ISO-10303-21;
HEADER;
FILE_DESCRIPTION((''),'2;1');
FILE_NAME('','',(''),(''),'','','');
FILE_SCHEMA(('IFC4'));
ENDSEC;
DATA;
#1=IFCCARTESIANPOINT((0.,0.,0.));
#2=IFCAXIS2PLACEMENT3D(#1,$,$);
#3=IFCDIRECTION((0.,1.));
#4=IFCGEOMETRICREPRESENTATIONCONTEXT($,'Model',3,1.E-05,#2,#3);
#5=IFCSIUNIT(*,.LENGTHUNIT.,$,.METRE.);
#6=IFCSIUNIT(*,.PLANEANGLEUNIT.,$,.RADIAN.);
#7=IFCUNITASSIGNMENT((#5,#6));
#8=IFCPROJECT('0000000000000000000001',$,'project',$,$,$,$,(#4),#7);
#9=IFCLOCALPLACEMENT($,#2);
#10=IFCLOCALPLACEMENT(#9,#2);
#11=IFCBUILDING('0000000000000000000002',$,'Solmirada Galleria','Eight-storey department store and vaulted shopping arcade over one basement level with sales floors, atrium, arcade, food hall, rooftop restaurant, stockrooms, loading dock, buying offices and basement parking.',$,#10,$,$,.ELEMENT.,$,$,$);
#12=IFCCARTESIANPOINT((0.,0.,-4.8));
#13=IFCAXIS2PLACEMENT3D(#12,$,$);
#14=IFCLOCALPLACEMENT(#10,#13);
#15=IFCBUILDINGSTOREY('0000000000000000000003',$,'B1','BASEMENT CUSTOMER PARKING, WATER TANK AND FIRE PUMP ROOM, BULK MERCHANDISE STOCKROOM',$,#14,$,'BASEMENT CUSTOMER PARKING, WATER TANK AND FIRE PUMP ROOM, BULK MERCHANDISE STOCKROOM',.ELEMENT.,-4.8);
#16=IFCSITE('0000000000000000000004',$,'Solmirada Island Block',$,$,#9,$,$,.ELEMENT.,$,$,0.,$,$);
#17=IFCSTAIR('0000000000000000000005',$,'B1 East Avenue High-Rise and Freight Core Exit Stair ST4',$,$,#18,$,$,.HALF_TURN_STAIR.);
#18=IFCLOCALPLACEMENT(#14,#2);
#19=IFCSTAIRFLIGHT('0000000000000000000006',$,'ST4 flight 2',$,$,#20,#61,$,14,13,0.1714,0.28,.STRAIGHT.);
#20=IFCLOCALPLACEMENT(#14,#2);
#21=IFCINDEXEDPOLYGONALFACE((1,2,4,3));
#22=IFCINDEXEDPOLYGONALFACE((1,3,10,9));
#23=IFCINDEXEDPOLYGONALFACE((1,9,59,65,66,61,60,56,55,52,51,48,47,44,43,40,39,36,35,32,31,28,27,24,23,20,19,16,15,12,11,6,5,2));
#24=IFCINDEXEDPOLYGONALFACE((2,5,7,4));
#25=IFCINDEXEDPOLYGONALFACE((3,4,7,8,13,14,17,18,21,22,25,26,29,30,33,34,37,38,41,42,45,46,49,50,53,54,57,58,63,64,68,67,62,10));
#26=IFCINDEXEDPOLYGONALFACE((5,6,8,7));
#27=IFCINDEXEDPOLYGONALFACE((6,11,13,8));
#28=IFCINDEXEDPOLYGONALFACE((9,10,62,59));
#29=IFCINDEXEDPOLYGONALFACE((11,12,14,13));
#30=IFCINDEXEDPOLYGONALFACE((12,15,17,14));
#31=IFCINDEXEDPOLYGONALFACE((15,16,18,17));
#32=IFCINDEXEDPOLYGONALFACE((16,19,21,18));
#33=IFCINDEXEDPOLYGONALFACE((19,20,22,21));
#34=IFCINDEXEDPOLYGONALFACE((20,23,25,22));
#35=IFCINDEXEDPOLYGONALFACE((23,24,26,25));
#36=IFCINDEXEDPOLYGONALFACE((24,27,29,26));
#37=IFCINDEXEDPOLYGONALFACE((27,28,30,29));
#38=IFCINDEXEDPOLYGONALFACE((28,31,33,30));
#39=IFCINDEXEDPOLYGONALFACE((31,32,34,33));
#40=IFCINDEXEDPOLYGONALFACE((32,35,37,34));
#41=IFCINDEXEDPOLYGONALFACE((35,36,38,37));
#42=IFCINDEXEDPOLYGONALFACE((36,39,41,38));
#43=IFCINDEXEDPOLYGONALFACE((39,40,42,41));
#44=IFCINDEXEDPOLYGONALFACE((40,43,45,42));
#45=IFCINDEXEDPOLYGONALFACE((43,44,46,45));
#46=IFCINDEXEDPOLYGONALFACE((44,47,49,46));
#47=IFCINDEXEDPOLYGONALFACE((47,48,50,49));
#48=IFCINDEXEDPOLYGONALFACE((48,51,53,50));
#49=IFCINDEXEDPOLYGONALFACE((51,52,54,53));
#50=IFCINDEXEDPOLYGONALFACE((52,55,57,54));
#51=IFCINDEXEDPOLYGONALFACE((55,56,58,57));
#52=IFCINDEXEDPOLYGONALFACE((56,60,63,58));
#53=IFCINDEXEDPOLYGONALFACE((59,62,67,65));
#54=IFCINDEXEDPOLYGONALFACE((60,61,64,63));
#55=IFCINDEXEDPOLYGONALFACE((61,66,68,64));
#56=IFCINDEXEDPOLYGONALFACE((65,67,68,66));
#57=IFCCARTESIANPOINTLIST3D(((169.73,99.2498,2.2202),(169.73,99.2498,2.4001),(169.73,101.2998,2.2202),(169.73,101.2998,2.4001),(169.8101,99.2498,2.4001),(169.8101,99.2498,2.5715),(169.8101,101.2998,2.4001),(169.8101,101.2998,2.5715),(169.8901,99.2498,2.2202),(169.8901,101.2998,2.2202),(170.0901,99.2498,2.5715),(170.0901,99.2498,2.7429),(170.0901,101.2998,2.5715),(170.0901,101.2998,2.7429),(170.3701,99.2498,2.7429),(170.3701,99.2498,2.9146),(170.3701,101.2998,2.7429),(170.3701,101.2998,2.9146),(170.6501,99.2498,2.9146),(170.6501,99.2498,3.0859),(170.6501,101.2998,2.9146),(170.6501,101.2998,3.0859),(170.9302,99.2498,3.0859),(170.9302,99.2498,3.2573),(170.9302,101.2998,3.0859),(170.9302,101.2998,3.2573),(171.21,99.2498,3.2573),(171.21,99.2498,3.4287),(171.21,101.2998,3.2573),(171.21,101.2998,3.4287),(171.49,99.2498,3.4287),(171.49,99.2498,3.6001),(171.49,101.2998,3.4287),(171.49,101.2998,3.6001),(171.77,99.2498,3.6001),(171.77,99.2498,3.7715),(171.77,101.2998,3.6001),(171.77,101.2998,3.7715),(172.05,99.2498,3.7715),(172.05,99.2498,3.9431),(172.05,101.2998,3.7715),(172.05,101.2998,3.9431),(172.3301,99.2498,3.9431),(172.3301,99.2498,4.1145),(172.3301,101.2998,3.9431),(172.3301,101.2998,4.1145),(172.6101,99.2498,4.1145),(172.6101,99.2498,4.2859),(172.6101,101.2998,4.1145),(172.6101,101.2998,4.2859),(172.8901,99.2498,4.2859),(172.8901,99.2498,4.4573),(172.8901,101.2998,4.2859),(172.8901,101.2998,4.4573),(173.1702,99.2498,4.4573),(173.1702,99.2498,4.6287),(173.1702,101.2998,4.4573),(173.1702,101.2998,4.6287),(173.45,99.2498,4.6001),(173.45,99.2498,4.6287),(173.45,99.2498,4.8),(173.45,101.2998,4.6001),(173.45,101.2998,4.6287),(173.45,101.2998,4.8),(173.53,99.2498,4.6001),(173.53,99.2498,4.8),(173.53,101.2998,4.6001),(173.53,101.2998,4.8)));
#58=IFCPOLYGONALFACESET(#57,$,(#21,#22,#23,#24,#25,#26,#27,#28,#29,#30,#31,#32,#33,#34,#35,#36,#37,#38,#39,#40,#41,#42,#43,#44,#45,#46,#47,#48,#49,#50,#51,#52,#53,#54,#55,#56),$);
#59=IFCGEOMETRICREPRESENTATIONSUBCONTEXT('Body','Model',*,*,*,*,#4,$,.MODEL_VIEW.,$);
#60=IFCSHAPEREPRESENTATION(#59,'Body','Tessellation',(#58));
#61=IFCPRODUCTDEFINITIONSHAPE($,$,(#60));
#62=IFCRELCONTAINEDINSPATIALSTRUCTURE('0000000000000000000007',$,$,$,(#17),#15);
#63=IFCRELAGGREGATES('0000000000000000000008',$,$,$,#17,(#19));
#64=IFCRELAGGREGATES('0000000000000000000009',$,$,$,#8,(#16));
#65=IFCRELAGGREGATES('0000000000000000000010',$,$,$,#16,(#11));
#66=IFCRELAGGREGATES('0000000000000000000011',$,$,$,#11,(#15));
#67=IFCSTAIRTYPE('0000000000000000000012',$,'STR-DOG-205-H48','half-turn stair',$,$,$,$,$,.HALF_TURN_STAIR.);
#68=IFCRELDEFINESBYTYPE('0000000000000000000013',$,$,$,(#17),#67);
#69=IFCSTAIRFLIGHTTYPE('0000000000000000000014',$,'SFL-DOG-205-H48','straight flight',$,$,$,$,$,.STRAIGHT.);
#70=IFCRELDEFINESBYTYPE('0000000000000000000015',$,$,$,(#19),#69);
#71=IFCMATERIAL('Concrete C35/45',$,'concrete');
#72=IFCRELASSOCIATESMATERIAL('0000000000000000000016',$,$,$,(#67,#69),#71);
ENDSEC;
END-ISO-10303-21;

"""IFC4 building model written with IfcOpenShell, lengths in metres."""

from ifc_helpers import new_model, si_unit, direction, frame, origin, place, context, subcontext, project, spatial, polyline, outline, extrude, material, type_object, element, aggregate, save


model = new_model("IFC4")

# Units and contexts
model_context = context("Model", 3, precision=1e-05, world=origin(), true_north=direction((0.0, 1.0)))
body_context = subcontext(model_context, "Body", "Model", "MODEL_VIEW")
ifc_project = project(units=[si_unit("LENGTHUNIT", "METRE"), si_unit("PLANEANGLEUNIT", "RADIAN")], contexts=[model_context])

# Site, building, storey
site_placement = place(None, origin())
site = spatial("IfcSite", under=ifc_project, at=site_placement, Name="Solmirada Island Block", CompositionType="ELEMENT", RefElevation=0.0)
building_placement = place(site_placement, origin())
building = spatial("IfcBuilding", under=site, at=building_placement, Name="Solmirada Galleria", Description="Eight-storey department store and vaulted shopping arcade over one basement level with sales floors, atrium, arcade, food hall, rooftop restaurant, stockrooms, loading dock, buying offices and basement parking.", CompositionType="ELEMENT")
storey_placement = place(building_placement, frame((0.0, 0.0, -4.8)))
storey = spatial("IfcBuildingStorey", under=building, at=storey_placement, Name="B1", Description="BASEMENT CUSTOMER PARKING, WATER TANK AND FIRE PUMP ROOM, BULK MERCHANDISE STOCKROOM", LongName="BASEMENT CUSTOMER PARKING, WATER TANK AND FIRE PUMP ROOM, BULK MERCHANDISE STOCKROOM", CompositionType="ELEMENT", Elevation=-4.8)

# Shared definitions
ifc_material_1 = material(Name="Concrete C35/45", Category="concrete")

# Stair, stair flight
stair_type = type_object("IfcStairType", Name="STR-DOG-205-H48", Description="half-turn stair", PredefinedType="HALF_TURN_STAIR", material=ifc_material_1)
stair_placement = place(storey_placement, origin())
stair = element("IfcStair", 1, at=stair_placement, inside=storey, type_object=stair_type, Name="B1 East Avenue High-Rise and Freight Core Exit Stair ST4", PredefinedType="HALF_TURN_STAIR")
stair_flight_type = type_object("IfcStairFlightType", Name="SFL-DOG-205-H48", Description="straight flight", PredefinedType="STRAIGHT", material=ifc_material_1)
stair_flight_1_placement = place(storey_placement, frame((169.8101, 100.2749, 2.4001), z_axis=(0.0, 0.0, 1.0), x_axis=(1.0, 0.0, 0.0)))
stair_flight_1 = element("IfcStairFlight", 2, at=stair_flight_1_placement, type_object=stair_flight_type, Name="ST4 flight 2", NumberOfRisers=14, NumberOfTreads=13, PredefinedType="STRAIGHT", RiserHeight=0.1714, TreadLength=0.28, context=body_context, shape_type="SweptSolid", body=[
    extrude(outline(polyline([(-0.0801, 0.0), (0.0, 0.0), (0.0, 0.1714), (0.28, 0.1714), (0.28, 0.3428), (0.5601, 0.3428), (0.5601, 0.5144), (0.8401, 0.5144), (0.8401, 0.6858), (1.1201, 0.6858), (1.1201, 0.8572), (1.3999, 0.8572), (1.3999, 1.0286), (1.6799, 1.0286), (1.6799, 1.2), (1.96, 1.2), (1.96, 1.3713), (2.24, 1.3713), (2.24, 1.543), (2.52, 1.543), (2.52, 1.7144), (2.8, 1.7144), (2.8, 1.8857), (3.0801, 1.8857), (3.0801, 2.0571), (3.3601, 2.0571), (3.3601, 2.2285), (3.6399, 2.2285), (3.6399, 2.3999), (3.72, 2.3999), (3.72, 2.2), (3.6399, 2.2), (0.0801, -0.1799), (-0.0801, -0.1799), (-0.0801, 0.0)])), frame((0.0, 1.0249, 0.0), z_axis=(0.0, -1.0, 0.0), x_axis=(1.0, 0.0, 0.0)), (0.0, 0.0, 1.0), 2.05),
])
aggregate(stair, [stair_flight_1])

save(model, "model.ifc")
